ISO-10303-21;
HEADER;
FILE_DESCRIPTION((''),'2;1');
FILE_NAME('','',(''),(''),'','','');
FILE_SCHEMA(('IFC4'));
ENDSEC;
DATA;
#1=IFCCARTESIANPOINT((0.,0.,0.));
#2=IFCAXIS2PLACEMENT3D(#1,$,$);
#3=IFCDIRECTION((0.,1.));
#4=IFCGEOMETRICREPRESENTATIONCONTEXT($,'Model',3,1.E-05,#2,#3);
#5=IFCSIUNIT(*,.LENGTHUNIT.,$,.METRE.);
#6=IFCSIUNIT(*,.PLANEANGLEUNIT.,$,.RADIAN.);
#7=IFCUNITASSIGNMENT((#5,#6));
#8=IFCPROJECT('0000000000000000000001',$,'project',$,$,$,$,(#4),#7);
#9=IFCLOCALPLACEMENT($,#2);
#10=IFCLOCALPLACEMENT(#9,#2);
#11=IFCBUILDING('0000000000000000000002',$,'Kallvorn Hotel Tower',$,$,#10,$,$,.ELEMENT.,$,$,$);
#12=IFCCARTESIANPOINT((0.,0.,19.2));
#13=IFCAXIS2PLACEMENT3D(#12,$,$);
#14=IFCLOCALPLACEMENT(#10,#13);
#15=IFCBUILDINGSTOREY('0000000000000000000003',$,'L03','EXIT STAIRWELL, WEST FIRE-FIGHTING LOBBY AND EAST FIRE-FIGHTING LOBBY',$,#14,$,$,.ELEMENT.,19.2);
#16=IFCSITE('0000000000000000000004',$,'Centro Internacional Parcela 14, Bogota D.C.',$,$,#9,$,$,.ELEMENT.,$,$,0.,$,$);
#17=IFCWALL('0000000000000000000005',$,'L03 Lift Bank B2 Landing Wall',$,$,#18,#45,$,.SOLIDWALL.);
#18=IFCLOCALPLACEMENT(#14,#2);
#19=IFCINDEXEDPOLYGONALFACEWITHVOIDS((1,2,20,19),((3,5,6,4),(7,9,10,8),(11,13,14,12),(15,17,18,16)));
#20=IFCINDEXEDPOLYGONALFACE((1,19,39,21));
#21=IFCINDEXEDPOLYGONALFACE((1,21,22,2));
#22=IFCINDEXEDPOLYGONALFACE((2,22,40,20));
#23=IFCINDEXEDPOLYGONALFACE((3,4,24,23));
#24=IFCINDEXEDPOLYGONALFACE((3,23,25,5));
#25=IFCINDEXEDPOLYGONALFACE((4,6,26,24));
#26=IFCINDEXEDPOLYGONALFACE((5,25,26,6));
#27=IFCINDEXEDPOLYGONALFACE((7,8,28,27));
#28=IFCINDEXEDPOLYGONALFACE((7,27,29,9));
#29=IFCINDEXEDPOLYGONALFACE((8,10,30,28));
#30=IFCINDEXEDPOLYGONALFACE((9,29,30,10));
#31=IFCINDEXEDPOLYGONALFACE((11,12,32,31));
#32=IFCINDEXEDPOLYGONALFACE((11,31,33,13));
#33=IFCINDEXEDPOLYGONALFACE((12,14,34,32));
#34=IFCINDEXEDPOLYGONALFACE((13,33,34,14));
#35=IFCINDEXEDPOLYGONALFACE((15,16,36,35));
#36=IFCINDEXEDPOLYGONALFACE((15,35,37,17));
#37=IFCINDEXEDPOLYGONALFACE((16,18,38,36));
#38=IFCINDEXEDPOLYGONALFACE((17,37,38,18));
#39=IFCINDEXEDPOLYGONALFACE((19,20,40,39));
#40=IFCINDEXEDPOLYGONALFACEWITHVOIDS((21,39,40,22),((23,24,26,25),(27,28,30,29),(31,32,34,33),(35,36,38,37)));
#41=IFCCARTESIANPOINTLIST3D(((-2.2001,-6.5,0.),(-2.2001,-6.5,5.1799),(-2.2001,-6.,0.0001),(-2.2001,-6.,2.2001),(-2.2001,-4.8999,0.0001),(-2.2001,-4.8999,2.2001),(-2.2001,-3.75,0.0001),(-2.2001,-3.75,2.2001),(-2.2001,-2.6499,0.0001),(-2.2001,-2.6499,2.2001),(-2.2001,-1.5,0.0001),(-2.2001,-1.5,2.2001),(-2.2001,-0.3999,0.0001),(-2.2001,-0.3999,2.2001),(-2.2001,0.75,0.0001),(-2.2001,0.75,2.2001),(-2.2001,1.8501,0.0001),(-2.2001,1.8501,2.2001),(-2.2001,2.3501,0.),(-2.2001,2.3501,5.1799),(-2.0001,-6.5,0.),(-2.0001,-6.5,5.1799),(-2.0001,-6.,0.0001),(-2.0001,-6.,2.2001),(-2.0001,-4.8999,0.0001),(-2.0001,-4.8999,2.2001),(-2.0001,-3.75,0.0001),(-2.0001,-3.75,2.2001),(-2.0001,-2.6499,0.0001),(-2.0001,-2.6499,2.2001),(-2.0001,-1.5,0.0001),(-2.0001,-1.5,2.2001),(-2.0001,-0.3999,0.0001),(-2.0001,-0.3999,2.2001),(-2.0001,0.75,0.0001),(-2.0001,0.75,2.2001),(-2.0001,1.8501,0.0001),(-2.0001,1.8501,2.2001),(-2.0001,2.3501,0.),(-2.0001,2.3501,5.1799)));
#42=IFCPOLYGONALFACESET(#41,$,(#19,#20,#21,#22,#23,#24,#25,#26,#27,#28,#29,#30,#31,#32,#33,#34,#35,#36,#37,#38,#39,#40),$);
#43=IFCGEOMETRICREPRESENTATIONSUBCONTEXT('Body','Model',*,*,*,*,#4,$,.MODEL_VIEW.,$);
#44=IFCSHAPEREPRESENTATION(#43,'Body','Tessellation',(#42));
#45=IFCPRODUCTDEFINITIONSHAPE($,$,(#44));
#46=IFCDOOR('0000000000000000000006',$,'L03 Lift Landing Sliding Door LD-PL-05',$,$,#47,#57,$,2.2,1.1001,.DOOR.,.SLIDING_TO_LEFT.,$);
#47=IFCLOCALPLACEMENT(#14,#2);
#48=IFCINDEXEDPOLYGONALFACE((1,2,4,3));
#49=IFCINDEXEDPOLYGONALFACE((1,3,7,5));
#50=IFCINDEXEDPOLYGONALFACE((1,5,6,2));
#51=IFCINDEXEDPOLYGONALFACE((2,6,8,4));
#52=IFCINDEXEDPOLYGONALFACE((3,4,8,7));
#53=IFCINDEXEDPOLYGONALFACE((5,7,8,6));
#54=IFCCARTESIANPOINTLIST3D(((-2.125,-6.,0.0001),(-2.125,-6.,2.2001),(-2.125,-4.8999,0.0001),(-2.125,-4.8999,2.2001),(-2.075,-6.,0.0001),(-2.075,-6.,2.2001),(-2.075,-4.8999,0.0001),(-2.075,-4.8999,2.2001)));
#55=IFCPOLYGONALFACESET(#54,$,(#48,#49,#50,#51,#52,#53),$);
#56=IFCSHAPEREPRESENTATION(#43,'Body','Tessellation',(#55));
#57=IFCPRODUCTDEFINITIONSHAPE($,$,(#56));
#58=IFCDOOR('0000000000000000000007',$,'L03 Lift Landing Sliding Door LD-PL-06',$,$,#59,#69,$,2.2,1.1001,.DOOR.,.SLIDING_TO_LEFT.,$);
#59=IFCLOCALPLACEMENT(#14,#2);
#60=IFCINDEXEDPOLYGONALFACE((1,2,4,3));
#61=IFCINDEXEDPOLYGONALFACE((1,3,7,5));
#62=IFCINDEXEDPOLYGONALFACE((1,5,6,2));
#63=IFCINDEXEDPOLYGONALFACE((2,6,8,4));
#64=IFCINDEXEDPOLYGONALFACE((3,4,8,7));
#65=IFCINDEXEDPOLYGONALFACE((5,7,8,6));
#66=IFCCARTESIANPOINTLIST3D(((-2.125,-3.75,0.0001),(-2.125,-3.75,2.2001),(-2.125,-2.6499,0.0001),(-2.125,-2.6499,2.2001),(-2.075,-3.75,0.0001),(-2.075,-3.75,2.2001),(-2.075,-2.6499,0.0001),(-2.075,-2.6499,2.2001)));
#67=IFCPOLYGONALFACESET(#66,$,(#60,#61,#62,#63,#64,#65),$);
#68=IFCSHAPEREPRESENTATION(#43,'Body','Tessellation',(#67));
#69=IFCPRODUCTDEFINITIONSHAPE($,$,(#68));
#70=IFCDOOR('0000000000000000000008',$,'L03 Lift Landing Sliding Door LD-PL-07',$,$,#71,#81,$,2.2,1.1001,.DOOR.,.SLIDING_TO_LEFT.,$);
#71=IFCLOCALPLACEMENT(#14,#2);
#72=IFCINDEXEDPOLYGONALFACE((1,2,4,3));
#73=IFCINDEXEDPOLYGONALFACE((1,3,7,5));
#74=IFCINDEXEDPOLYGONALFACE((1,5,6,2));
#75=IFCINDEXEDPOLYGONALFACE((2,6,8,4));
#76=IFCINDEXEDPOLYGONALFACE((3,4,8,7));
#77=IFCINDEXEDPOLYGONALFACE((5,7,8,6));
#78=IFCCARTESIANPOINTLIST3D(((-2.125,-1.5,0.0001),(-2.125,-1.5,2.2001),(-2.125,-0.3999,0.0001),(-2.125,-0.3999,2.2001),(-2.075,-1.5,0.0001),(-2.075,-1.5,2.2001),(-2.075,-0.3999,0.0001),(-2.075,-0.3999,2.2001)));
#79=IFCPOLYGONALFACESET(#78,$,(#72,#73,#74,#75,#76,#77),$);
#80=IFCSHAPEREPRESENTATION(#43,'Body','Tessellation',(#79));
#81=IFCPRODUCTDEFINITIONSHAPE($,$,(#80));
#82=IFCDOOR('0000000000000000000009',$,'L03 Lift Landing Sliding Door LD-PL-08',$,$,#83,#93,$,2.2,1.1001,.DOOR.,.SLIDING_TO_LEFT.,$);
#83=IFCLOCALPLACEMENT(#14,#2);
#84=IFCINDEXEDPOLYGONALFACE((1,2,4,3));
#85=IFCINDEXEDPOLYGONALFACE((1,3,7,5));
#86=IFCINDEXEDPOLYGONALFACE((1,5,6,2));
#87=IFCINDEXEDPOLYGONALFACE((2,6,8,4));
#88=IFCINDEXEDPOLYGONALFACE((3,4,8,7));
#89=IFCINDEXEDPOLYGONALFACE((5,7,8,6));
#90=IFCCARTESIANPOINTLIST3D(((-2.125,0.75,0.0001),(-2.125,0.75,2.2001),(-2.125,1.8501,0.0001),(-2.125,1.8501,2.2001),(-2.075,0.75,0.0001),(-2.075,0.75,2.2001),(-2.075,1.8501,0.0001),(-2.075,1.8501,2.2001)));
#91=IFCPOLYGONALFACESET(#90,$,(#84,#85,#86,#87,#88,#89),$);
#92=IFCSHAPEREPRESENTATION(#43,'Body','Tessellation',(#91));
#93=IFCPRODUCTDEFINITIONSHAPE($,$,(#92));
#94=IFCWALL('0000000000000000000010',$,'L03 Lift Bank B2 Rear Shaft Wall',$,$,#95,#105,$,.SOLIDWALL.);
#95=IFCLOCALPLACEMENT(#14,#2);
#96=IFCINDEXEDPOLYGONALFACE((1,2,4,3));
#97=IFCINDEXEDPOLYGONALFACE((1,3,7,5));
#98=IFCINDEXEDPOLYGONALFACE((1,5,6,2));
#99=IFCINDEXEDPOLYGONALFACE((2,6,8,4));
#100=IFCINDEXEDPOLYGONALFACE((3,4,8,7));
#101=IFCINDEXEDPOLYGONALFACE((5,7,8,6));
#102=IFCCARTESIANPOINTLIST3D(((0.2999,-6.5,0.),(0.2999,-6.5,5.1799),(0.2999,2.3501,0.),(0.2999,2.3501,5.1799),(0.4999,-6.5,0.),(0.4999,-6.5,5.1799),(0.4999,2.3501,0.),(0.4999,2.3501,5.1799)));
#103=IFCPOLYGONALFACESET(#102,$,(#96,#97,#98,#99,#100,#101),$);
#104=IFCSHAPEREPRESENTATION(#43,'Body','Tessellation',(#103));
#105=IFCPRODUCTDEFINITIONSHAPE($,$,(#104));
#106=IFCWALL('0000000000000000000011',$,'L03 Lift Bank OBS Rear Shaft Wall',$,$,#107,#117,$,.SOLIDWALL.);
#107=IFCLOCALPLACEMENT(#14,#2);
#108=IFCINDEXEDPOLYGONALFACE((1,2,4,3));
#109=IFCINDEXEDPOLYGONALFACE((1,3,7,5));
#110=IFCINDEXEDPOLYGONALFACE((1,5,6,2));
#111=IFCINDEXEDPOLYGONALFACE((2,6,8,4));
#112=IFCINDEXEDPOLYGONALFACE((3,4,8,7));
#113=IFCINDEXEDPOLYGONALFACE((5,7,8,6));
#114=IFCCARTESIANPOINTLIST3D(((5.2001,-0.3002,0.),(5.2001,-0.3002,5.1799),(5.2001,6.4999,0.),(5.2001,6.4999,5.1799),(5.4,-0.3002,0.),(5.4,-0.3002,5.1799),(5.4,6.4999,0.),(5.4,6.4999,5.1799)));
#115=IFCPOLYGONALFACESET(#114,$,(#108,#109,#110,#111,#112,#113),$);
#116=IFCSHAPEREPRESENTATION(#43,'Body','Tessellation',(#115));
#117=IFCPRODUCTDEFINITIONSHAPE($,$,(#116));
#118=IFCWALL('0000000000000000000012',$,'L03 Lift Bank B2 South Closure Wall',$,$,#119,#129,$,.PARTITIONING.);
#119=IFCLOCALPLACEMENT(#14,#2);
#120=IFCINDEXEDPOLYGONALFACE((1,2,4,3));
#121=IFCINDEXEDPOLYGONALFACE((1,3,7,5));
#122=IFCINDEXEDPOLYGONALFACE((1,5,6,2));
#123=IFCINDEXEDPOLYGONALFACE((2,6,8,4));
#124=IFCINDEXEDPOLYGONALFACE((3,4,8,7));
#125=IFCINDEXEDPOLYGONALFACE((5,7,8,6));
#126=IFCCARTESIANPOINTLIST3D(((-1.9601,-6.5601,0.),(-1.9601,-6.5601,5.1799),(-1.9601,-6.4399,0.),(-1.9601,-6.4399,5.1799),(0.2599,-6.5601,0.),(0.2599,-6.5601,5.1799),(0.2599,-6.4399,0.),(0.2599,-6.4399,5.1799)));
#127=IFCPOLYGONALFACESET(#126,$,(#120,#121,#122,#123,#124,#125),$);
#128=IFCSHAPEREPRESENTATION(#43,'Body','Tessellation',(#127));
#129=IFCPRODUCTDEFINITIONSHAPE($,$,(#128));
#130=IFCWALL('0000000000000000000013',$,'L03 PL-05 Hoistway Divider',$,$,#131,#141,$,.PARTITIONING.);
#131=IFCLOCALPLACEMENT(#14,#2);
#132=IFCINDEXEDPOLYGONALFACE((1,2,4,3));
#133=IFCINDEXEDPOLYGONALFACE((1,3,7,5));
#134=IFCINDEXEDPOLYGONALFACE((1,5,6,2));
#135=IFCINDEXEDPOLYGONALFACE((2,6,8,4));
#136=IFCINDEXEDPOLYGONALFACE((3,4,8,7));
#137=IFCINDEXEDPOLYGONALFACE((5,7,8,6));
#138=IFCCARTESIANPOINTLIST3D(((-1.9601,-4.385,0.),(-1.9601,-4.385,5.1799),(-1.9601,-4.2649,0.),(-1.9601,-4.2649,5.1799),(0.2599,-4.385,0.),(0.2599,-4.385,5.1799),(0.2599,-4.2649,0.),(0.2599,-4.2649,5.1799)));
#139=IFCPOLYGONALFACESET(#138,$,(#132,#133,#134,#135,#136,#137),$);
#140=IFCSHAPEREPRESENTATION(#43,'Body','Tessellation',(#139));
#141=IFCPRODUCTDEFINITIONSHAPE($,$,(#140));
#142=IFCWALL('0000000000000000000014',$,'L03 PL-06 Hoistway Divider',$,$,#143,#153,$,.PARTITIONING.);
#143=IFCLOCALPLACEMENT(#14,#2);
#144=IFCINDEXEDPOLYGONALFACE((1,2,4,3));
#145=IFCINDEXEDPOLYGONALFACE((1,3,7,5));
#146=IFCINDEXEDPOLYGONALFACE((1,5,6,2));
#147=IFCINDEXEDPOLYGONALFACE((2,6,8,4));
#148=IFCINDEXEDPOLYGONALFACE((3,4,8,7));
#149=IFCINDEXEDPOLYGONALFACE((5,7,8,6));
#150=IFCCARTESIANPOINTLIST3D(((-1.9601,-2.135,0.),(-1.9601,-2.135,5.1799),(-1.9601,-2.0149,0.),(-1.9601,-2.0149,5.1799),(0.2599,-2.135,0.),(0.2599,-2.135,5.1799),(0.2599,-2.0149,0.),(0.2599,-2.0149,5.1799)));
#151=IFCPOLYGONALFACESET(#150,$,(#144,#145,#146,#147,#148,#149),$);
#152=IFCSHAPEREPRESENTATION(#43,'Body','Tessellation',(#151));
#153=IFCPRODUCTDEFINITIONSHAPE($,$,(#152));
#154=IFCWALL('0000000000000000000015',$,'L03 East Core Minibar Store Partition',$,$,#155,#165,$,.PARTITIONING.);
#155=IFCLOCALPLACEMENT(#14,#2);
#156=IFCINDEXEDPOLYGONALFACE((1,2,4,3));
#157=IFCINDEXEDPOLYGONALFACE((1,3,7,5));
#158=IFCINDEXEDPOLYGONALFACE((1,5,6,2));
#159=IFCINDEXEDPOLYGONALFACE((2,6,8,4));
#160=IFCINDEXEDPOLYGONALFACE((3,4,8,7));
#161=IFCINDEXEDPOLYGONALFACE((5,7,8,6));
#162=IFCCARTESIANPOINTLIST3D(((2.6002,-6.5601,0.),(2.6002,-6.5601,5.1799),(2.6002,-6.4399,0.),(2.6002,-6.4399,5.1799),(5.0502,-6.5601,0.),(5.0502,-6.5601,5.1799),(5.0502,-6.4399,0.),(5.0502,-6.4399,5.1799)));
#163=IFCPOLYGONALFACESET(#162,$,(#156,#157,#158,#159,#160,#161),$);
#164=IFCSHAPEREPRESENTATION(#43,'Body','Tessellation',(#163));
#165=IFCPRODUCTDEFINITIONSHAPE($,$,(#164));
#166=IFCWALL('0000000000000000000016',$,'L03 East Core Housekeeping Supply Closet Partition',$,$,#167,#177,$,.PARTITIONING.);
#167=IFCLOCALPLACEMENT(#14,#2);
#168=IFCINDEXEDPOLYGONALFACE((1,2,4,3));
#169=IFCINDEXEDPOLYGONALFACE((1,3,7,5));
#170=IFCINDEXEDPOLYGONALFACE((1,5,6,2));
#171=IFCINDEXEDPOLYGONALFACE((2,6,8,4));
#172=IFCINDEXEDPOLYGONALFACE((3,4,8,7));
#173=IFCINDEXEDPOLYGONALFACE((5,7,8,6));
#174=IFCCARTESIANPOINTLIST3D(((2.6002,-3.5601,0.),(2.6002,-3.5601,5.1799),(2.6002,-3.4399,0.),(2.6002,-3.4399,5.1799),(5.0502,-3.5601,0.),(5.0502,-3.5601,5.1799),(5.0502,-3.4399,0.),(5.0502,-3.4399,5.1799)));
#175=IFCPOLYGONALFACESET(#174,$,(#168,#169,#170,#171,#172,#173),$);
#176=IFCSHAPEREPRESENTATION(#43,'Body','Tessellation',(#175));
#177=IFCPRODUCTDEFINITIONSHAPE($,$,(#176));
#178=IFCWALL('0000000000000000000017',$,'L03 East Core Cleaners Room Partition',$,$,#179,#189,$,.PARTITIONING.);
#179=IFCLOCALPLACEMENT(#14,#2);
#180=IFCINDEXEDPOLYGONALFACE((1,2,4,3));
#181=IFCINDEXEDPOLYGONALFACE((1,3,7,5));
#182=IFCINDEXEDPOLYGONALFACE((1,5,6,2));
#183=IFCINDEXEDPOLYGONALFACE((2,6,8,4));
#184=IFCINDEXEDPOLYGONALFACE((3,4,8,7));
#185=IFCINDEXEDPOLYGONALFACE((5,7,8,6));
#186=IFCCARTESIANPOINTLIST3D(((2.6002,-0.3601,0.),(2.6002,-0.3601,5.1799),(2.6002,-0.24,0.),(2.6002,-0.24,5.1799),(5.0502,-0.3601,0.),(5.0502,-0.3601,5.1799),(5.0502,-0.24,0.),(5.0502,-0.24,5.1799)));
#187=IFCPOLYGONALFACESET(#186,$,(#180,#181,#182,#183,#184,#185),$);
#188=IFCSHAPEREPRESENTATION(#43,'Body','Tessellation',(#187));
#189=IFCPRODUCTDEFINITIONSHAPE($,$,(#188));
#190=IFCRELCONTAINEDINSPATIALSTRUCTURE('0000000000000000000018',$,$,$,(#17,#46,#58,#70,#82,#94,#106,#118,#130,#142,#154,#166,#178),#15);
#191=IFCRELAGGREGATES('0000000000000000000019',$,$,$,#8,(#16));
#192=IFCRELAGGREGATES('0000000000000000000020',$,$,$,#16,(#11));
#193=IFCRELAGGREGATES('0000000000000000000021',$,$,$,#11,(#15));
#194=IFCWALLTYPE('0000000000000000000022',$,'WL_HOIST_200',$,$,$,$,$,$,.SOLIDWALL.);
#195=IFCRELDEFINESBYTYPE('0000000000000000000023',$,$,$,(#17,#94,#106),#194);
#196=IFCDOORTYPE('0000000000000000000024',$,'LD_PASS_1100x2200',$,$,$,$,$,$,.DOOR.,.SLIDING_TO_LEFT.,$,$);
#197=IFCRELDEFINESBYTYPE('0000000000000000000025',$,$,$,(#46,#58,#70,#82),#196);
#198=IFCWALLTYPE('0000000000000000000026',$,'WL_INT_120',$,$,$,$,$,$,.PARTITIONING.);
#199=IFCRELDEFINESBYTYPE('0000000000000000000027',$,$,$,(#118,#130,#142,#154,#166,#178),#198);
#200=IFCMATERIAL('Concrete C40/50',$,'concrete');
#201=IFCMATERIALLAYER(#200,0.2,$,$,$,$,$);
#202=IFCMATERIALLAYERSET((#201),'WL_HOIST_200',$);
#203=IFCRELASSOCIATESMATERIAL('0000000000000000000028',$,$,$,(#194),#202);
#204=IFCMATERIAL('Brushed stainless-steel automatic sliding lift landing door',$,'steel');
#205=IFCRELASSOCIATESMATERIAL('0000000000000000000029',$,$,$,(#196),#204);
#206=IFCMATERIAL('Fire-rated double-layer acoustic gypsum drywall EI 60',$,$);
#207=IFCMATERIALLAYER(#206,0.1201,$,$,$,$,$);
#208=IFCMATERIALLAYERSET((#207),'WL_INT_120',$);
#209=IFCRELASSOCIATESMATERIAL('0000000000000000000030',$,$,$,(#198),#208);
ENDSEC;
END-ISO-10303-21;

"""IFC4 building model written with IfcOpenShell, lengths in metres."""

from ifc_helpers import new_model, si_unit, direction, frame, frame_2d, origin, place, context, subcontext, project, spatial, rectangle, extrude, material, layer, layer_set, type_object, element, fill, save


model = new_model("IFC4")

# Units and contexts
model_context = context("Model", 3, precision=1e-05, world=origin(), true_north=direction((0.0, 1.0)))
body_context = subcontext(model_context, "Body", "Model", "MODEL_VIEW")
ifc_project = project(units=[si_unit("LENGTHUNIT", "METRE"), si_unit("PLANEANGLEUNIT", "RADIAN")], contexts=[model_context])

# Site, building, storey
site_placement = place(None, origin())
site = spatial("IfcSite", under=ifc_project, at=site_placement, Name="Centro Internacional Parcela 14, Bogota D.C.", CompositionType="ELEMENT", RefElevation=0.0)
building_placement = place(site_placement, origin())
building = spatial("IfcBuilding", under=site, at=building_placement, Name="Kallvorn Hotel Tower", CompositionType="ELEMENT")
storey_placement = place(building_placement, frame((0.0, 0.0, 19.2)))
storey = spatial("IfcBuildingStorey", under=building, at=storey_placement, Name="L03", Description="EXIT STAIRWELL, WEST FIRE-FIGHTING LOBBY AND EAST FIRE-FIGHTING LOBBY", CompositionType="ELEMENT", Elevation=19.2)

# Wall, openings, doors
ifc_material_1 = material(Name="Concrete C40/50", Category="concrete")
ifc_layer_1 = layer(ifc_material_1, 0.2)
ifc_layer_set_1 = layer_set([ifc_layer_1], Name="WL_HOIST_200")
wall_type_1 = type_object("IfcWallType", Name="WL_HOIST_200", PredefinedType="SOLIDWALL", material=ifc_layer_set_1)
wall_1_placement = place(storey_placement, frame((-2.1001, -6.5, 0.0), z_axis=(0.0, 0.0, 1.0), x_axis=(0.0, 1.0, 0.0)))
wall_1 = element("IfcWall", 1, at=wall_1_placement, inside=storey, type_object=wall_type_1, Name="L03 Lift Bank B2 Landing Wall", PredefinedType="SOLIDWALL", context=body_context, shape_type="SweptSolid", body=[
    extrude(rectangle(XDim=8.8501, YDim=0.2, at=frame_2d((4.425, 0.0))), origin(), (0.0, 0.0, 1.0), 5.1799),
])
opening_1_placement = place(wall_1_placement, frame((0.5, 0.0, 0.0)))
opening_1 = element("IfcOpeningElement", 2, at=opening_1_placement, cuts=wall_1, PredefinedType="OPENING", context=body_context, shape_type="SweptSolid", body=[
    extrude(rectangle(XDim=1.1001, YDim=2.2, at=frame_2d((0.55, 1.1001))), frame((0.0, 0.115, 0.0), z_axis=(0.0, -1.0, 0.0), x_axis=(1.0, 0.0, 0.0)), (0.0, 0.0, 1.0), 0.23),
])
opening_2_placement = place(wall_1_placement, frame((2.75, 0.0, 0.0)))
opening_2 = element("IfcOpeningElement", 3, at=opening_2_placement, cuts=wall_1, PredefinedType="OPENING", context=body_context, shape_type="SweptSolid", body=[
    extrude(rectangle(XDim=1.1001, YDim=2.2, at=frame_2d((0.55, 1.1001))), frame((0.0, 0.115, 0.0), z_axis=(0.0, -1.0, 0.0), x_axis=(1.0, 0.0, 0.0)), (0.0, 0.0, 1.0), 0.23),
])
opening_3_placement = place(wall_1_placement, frame((5.0, 0.0, 0.0)))
opening_3 = element("IfcOpeningElement", 4, at=opening_3_placement, cuts=wall_1, PredefinedType="OPENING", context=body_context, shape_type="SweptSolid", body=[
    extrude(rectangle(XDim=1.1001, YDim=2.2, at=frame_2d((0.55, 1.1001))), frame((0.0, 0.115, 0.0), z_axis=(0.0, -1.0, 0.0), x_axis=(1.0, 0.0, 0.0)), (0.0, 0.0, 1.0), 0.23),
])
opening_4_placement = place(wall_1_placement, frame((7.25, 0.0, 0.0)))
opening_4 = element("IfcOpeningElement", 5, at=opening_4_placement, cuts=wall_1, PredefinedType="OPENING", context=body_context, shape_type="SweptSolid", body=[
    extrude(rectangle(XDim=1.1001, YDim=2.2, at=frame_2d((0.55, 1.1001))), frame((0.0, 0.115, 0.0), z_axis=(0.0, -1.0, 0.0), x_axis=(1.0, 0.0, 0.0)), (0.0, 0.0, 1.0), 0.23),
])
ifc_material_2 = material(Name="Brushed stainless-steel automatic sliding lift landing door", Category="steel")
door_type_1 = type_object("IfcDoorType", Name="LD_PASS_1100x2200", OperationType="SLIDING_TO_LEFT", PredefinedType="DOOR", material=ifc_material_2)
door_1_placement = place(opening_1_placement, origin())
door_1 = element("IfcDoor", 6, at=door_1_placement, inside=storey, type_object=door_type_1, Name="L03 Lift Landing Sliding Door LD-PL-05", OperationType="SLIDING_TO_LEFT", OverallHeight=2.2, OverallWidth=1.1001, PredefinedType="DOOR", context=body_context, shape_type="SweptSolid", body=[
    extrude(rectangle(XDim=1.1001, YDim=2.2, at=frame_2d((0.55, 1.1001))), frame((0.0, 0.0249, 0.0), z_axis=(0.0, -1.0, 0.0), x_axis=(1.0, 0.0, 0.0)), (0.0, 0.0, 1.0), 0.05),
])
fill(opening_1, door_1)
door_2_placement = place(opening_2_placement, origin())
door_2 = element("IfcDoor", 7, at=door_2_placement, inside=storey, type_object=door_type_1, Name="L03 Lift Landing Sliding Door LD-PL-06", OperationType="SLIDING_TO_LEFT", OverallHeight=2.2, OverallWidth=1.1001, PredefinedType="DOOR", context=body_context, shape_type="SweptSolid", body=[
    extrude(rectangle(XDim=1.1001, YDim=2.2, at=frame_2d((0.55, 1.1001))), frame((0.0, 0.0249, 0.0), z_axis=(0.0, -1.0, 0.0), x_axis=(1.0, 0.0, 0.0)), (0.0, 0.0, 1.0), 0.05),
])
fill(opening_2, door_2)
door_3_placement = place(opening_3_placement, origin())
door_3 = element("IfcDoor", 8, at=door_3_placement, inside=storey, type_object=door_type_1, Name="L03 Lift Landing Sliding Door LD-PL-07", OperationType="SLIDING_TO_LEFT", OverallHeight=2.2, OverallWidth=1.1001, PredefinedType="DOOR", context=body_context, shape_type="SweptSolid", body=[
    extrude(rectangle(XDim=1.1001, YDim=2.2, at=frame_2d((0.55, 1.1001))), frame((0.0, 0.0249, 0.0), z_axis=(0.0, -1.0, 0.0), x_axis=(1.0, 0.0, 0.0)), (0.0, 0.0, 1.0), 0.05),
])
fill(opening_3, door_3)
door_4_placement = place(opening_4_placement, origin())
door_4 = element("IfcDoor", 9, at=door_4_placement, inside=storey, type_object=door_type_1, Name="L03 Lift Landing Sliding Door LD-PL-08", OperationType="SLIDING_TO_LEFT", OverallHeight=2.2, OverallWidth=1.1001, PredefinedType="DOOR", context=body_context, shape_type="SweptSolid", body=[
    extrude(rectangle(XDim=1.1001, YDim=2.2, at=frame_2d((0.55, 1.1001))), frame((0.0, 0.0249, 0.0), z_axis=(0.0, -1.0, 0.0), x_axis=(1.0, 0.0, 0.0)), (0.0, 0.0, 1.0), 0.05),
])
fill(opening_4, door_4)

# Walls
wall_2_placement = place(storey_placement, frame((0.3999, -6.5, 0.0), z_axis=(0.0, 0.0, 1.0), x_axis=(0.0, 1.0, 0.0)))
element("IfcWall", 10, at=wall_2_placement, inside=storey, type_object=wall_type_1, Name="L03 Lift Bank B2 Rear Shaft Wall", PredefinedType="SOLIDWALL", context=body_context, shape_type="SweptSolid", body=[
    extrude(rectangle(XDim=8.8501, YDim=0.2, at=frame_2d((4.425, 0.0))), origin(), (0.0, 0.0, 1.0), 5.1799),
])
wall_3_placement = place(storey_placement, frame((5.3, -0.3, 0.0), z_axis=(0.0, 0.0, 1.0), x_axis=(0.0, 1.0, 0.0)))
element("IfcWall", 11, at=wall_3_placement, inside=storey, type_object=wall_type_1, Name="L03 Lift Bank OBS Rear Shaft Wall", PredefinedType="SOLIDWALL", context=body_context, shape_type="SweptSolid", body=[
    extrude(rectangle(XDim=6.8, YDim=0.2, at=frame_2d((3.3999, 0.0))), origin(), (0.0, 0.0, 1.0), 5.1799),
])
ifc_material_3 = material(Name="Fire-rated double-layer acoustic gypsum drywall EI 60")
ifc_layer_2 = layer(ifc_material_3, 0.1201)
ifc_layer_set_2 = layer_set([ifc_layer_2], Name="WL_INT_120")
wall_type_2 = type_object("IfcWallType", Name="WL_INT_120", PredefinedType="PARTITIONING", material=ifc_layer_set_2)
for number, where, z_axis, x_axis, name in (
    (12, (-1.96, -6.5, 0.0), (0.0, 0.0, 1.0), (1.0, 0.0, 0.0), "L03 Lift Bank B2 South Closure Wall"),
    (13, (-1.96, -4.325, 0.0), (0.0, 0.0, 1.0), (1.0, 0.0, 0.0), "L03 PL-05 Hoistway Divider"),
    (14, (-1.96, -2.075, 0.0), (0.0, 0.0, 1.0), (1.0, 0.0, 0.0), "L03 PL-06 Hoistway Divider"),
):
    element("IfcWall", number, at=place(storey_placement, frame(where, z_axis=z_axis, x_axis=x_axis)), inside=storey, type_object=wall_type_2, Name=name, PredefinedType="PARTITIONING", context=body_context, shape_type="SweptSolid", body=[
        extrude(rectangle(XDim=2.22, YDim=0.1201, at=frame_2d((1.1099, 0.0))), origin(), (0.0, 0.0, 1.0), 5.1799),
    ])
for number, where, z_axis, x_axis, name in (
    (15, (2.6001, -6.5, 0.0), (0.0, 0.0, 1.0), (1.0, 0.0, 0.0), "L03 East Core Minibar Store Partition"),
    (16, (2.6001, -3.5, 0.0), (0.0, 0.0, 1.0), (1.0, 0.0, 0.0), "L03 East Core Housekeeping Supply Closet Partition"),
    (17, (2.6001, -0.3, 0.0), (0.0, 0.0, 1.0), (1.0, 0.0, 0.0), "L03 East Core Cleaners Room Partition"),
):
    element("IfcWall", number, at=place(storey_placement, frame(where, z_axis=z_axis, x_axis=x_axis)), inside=storey, type_object=wall_type_2, Name=name, PredefinedType="PARTITIONING", context=body_context, shape_type="SweptSolid", body=[
        extrude(rectangle(XDim=2.45, YDim=0.1201, at=frame_2d((1.2251, 0.0))), origin(), (0.0, 0.0, 1.0), 5.1799),
    ])

save(model, "model.ifc")
